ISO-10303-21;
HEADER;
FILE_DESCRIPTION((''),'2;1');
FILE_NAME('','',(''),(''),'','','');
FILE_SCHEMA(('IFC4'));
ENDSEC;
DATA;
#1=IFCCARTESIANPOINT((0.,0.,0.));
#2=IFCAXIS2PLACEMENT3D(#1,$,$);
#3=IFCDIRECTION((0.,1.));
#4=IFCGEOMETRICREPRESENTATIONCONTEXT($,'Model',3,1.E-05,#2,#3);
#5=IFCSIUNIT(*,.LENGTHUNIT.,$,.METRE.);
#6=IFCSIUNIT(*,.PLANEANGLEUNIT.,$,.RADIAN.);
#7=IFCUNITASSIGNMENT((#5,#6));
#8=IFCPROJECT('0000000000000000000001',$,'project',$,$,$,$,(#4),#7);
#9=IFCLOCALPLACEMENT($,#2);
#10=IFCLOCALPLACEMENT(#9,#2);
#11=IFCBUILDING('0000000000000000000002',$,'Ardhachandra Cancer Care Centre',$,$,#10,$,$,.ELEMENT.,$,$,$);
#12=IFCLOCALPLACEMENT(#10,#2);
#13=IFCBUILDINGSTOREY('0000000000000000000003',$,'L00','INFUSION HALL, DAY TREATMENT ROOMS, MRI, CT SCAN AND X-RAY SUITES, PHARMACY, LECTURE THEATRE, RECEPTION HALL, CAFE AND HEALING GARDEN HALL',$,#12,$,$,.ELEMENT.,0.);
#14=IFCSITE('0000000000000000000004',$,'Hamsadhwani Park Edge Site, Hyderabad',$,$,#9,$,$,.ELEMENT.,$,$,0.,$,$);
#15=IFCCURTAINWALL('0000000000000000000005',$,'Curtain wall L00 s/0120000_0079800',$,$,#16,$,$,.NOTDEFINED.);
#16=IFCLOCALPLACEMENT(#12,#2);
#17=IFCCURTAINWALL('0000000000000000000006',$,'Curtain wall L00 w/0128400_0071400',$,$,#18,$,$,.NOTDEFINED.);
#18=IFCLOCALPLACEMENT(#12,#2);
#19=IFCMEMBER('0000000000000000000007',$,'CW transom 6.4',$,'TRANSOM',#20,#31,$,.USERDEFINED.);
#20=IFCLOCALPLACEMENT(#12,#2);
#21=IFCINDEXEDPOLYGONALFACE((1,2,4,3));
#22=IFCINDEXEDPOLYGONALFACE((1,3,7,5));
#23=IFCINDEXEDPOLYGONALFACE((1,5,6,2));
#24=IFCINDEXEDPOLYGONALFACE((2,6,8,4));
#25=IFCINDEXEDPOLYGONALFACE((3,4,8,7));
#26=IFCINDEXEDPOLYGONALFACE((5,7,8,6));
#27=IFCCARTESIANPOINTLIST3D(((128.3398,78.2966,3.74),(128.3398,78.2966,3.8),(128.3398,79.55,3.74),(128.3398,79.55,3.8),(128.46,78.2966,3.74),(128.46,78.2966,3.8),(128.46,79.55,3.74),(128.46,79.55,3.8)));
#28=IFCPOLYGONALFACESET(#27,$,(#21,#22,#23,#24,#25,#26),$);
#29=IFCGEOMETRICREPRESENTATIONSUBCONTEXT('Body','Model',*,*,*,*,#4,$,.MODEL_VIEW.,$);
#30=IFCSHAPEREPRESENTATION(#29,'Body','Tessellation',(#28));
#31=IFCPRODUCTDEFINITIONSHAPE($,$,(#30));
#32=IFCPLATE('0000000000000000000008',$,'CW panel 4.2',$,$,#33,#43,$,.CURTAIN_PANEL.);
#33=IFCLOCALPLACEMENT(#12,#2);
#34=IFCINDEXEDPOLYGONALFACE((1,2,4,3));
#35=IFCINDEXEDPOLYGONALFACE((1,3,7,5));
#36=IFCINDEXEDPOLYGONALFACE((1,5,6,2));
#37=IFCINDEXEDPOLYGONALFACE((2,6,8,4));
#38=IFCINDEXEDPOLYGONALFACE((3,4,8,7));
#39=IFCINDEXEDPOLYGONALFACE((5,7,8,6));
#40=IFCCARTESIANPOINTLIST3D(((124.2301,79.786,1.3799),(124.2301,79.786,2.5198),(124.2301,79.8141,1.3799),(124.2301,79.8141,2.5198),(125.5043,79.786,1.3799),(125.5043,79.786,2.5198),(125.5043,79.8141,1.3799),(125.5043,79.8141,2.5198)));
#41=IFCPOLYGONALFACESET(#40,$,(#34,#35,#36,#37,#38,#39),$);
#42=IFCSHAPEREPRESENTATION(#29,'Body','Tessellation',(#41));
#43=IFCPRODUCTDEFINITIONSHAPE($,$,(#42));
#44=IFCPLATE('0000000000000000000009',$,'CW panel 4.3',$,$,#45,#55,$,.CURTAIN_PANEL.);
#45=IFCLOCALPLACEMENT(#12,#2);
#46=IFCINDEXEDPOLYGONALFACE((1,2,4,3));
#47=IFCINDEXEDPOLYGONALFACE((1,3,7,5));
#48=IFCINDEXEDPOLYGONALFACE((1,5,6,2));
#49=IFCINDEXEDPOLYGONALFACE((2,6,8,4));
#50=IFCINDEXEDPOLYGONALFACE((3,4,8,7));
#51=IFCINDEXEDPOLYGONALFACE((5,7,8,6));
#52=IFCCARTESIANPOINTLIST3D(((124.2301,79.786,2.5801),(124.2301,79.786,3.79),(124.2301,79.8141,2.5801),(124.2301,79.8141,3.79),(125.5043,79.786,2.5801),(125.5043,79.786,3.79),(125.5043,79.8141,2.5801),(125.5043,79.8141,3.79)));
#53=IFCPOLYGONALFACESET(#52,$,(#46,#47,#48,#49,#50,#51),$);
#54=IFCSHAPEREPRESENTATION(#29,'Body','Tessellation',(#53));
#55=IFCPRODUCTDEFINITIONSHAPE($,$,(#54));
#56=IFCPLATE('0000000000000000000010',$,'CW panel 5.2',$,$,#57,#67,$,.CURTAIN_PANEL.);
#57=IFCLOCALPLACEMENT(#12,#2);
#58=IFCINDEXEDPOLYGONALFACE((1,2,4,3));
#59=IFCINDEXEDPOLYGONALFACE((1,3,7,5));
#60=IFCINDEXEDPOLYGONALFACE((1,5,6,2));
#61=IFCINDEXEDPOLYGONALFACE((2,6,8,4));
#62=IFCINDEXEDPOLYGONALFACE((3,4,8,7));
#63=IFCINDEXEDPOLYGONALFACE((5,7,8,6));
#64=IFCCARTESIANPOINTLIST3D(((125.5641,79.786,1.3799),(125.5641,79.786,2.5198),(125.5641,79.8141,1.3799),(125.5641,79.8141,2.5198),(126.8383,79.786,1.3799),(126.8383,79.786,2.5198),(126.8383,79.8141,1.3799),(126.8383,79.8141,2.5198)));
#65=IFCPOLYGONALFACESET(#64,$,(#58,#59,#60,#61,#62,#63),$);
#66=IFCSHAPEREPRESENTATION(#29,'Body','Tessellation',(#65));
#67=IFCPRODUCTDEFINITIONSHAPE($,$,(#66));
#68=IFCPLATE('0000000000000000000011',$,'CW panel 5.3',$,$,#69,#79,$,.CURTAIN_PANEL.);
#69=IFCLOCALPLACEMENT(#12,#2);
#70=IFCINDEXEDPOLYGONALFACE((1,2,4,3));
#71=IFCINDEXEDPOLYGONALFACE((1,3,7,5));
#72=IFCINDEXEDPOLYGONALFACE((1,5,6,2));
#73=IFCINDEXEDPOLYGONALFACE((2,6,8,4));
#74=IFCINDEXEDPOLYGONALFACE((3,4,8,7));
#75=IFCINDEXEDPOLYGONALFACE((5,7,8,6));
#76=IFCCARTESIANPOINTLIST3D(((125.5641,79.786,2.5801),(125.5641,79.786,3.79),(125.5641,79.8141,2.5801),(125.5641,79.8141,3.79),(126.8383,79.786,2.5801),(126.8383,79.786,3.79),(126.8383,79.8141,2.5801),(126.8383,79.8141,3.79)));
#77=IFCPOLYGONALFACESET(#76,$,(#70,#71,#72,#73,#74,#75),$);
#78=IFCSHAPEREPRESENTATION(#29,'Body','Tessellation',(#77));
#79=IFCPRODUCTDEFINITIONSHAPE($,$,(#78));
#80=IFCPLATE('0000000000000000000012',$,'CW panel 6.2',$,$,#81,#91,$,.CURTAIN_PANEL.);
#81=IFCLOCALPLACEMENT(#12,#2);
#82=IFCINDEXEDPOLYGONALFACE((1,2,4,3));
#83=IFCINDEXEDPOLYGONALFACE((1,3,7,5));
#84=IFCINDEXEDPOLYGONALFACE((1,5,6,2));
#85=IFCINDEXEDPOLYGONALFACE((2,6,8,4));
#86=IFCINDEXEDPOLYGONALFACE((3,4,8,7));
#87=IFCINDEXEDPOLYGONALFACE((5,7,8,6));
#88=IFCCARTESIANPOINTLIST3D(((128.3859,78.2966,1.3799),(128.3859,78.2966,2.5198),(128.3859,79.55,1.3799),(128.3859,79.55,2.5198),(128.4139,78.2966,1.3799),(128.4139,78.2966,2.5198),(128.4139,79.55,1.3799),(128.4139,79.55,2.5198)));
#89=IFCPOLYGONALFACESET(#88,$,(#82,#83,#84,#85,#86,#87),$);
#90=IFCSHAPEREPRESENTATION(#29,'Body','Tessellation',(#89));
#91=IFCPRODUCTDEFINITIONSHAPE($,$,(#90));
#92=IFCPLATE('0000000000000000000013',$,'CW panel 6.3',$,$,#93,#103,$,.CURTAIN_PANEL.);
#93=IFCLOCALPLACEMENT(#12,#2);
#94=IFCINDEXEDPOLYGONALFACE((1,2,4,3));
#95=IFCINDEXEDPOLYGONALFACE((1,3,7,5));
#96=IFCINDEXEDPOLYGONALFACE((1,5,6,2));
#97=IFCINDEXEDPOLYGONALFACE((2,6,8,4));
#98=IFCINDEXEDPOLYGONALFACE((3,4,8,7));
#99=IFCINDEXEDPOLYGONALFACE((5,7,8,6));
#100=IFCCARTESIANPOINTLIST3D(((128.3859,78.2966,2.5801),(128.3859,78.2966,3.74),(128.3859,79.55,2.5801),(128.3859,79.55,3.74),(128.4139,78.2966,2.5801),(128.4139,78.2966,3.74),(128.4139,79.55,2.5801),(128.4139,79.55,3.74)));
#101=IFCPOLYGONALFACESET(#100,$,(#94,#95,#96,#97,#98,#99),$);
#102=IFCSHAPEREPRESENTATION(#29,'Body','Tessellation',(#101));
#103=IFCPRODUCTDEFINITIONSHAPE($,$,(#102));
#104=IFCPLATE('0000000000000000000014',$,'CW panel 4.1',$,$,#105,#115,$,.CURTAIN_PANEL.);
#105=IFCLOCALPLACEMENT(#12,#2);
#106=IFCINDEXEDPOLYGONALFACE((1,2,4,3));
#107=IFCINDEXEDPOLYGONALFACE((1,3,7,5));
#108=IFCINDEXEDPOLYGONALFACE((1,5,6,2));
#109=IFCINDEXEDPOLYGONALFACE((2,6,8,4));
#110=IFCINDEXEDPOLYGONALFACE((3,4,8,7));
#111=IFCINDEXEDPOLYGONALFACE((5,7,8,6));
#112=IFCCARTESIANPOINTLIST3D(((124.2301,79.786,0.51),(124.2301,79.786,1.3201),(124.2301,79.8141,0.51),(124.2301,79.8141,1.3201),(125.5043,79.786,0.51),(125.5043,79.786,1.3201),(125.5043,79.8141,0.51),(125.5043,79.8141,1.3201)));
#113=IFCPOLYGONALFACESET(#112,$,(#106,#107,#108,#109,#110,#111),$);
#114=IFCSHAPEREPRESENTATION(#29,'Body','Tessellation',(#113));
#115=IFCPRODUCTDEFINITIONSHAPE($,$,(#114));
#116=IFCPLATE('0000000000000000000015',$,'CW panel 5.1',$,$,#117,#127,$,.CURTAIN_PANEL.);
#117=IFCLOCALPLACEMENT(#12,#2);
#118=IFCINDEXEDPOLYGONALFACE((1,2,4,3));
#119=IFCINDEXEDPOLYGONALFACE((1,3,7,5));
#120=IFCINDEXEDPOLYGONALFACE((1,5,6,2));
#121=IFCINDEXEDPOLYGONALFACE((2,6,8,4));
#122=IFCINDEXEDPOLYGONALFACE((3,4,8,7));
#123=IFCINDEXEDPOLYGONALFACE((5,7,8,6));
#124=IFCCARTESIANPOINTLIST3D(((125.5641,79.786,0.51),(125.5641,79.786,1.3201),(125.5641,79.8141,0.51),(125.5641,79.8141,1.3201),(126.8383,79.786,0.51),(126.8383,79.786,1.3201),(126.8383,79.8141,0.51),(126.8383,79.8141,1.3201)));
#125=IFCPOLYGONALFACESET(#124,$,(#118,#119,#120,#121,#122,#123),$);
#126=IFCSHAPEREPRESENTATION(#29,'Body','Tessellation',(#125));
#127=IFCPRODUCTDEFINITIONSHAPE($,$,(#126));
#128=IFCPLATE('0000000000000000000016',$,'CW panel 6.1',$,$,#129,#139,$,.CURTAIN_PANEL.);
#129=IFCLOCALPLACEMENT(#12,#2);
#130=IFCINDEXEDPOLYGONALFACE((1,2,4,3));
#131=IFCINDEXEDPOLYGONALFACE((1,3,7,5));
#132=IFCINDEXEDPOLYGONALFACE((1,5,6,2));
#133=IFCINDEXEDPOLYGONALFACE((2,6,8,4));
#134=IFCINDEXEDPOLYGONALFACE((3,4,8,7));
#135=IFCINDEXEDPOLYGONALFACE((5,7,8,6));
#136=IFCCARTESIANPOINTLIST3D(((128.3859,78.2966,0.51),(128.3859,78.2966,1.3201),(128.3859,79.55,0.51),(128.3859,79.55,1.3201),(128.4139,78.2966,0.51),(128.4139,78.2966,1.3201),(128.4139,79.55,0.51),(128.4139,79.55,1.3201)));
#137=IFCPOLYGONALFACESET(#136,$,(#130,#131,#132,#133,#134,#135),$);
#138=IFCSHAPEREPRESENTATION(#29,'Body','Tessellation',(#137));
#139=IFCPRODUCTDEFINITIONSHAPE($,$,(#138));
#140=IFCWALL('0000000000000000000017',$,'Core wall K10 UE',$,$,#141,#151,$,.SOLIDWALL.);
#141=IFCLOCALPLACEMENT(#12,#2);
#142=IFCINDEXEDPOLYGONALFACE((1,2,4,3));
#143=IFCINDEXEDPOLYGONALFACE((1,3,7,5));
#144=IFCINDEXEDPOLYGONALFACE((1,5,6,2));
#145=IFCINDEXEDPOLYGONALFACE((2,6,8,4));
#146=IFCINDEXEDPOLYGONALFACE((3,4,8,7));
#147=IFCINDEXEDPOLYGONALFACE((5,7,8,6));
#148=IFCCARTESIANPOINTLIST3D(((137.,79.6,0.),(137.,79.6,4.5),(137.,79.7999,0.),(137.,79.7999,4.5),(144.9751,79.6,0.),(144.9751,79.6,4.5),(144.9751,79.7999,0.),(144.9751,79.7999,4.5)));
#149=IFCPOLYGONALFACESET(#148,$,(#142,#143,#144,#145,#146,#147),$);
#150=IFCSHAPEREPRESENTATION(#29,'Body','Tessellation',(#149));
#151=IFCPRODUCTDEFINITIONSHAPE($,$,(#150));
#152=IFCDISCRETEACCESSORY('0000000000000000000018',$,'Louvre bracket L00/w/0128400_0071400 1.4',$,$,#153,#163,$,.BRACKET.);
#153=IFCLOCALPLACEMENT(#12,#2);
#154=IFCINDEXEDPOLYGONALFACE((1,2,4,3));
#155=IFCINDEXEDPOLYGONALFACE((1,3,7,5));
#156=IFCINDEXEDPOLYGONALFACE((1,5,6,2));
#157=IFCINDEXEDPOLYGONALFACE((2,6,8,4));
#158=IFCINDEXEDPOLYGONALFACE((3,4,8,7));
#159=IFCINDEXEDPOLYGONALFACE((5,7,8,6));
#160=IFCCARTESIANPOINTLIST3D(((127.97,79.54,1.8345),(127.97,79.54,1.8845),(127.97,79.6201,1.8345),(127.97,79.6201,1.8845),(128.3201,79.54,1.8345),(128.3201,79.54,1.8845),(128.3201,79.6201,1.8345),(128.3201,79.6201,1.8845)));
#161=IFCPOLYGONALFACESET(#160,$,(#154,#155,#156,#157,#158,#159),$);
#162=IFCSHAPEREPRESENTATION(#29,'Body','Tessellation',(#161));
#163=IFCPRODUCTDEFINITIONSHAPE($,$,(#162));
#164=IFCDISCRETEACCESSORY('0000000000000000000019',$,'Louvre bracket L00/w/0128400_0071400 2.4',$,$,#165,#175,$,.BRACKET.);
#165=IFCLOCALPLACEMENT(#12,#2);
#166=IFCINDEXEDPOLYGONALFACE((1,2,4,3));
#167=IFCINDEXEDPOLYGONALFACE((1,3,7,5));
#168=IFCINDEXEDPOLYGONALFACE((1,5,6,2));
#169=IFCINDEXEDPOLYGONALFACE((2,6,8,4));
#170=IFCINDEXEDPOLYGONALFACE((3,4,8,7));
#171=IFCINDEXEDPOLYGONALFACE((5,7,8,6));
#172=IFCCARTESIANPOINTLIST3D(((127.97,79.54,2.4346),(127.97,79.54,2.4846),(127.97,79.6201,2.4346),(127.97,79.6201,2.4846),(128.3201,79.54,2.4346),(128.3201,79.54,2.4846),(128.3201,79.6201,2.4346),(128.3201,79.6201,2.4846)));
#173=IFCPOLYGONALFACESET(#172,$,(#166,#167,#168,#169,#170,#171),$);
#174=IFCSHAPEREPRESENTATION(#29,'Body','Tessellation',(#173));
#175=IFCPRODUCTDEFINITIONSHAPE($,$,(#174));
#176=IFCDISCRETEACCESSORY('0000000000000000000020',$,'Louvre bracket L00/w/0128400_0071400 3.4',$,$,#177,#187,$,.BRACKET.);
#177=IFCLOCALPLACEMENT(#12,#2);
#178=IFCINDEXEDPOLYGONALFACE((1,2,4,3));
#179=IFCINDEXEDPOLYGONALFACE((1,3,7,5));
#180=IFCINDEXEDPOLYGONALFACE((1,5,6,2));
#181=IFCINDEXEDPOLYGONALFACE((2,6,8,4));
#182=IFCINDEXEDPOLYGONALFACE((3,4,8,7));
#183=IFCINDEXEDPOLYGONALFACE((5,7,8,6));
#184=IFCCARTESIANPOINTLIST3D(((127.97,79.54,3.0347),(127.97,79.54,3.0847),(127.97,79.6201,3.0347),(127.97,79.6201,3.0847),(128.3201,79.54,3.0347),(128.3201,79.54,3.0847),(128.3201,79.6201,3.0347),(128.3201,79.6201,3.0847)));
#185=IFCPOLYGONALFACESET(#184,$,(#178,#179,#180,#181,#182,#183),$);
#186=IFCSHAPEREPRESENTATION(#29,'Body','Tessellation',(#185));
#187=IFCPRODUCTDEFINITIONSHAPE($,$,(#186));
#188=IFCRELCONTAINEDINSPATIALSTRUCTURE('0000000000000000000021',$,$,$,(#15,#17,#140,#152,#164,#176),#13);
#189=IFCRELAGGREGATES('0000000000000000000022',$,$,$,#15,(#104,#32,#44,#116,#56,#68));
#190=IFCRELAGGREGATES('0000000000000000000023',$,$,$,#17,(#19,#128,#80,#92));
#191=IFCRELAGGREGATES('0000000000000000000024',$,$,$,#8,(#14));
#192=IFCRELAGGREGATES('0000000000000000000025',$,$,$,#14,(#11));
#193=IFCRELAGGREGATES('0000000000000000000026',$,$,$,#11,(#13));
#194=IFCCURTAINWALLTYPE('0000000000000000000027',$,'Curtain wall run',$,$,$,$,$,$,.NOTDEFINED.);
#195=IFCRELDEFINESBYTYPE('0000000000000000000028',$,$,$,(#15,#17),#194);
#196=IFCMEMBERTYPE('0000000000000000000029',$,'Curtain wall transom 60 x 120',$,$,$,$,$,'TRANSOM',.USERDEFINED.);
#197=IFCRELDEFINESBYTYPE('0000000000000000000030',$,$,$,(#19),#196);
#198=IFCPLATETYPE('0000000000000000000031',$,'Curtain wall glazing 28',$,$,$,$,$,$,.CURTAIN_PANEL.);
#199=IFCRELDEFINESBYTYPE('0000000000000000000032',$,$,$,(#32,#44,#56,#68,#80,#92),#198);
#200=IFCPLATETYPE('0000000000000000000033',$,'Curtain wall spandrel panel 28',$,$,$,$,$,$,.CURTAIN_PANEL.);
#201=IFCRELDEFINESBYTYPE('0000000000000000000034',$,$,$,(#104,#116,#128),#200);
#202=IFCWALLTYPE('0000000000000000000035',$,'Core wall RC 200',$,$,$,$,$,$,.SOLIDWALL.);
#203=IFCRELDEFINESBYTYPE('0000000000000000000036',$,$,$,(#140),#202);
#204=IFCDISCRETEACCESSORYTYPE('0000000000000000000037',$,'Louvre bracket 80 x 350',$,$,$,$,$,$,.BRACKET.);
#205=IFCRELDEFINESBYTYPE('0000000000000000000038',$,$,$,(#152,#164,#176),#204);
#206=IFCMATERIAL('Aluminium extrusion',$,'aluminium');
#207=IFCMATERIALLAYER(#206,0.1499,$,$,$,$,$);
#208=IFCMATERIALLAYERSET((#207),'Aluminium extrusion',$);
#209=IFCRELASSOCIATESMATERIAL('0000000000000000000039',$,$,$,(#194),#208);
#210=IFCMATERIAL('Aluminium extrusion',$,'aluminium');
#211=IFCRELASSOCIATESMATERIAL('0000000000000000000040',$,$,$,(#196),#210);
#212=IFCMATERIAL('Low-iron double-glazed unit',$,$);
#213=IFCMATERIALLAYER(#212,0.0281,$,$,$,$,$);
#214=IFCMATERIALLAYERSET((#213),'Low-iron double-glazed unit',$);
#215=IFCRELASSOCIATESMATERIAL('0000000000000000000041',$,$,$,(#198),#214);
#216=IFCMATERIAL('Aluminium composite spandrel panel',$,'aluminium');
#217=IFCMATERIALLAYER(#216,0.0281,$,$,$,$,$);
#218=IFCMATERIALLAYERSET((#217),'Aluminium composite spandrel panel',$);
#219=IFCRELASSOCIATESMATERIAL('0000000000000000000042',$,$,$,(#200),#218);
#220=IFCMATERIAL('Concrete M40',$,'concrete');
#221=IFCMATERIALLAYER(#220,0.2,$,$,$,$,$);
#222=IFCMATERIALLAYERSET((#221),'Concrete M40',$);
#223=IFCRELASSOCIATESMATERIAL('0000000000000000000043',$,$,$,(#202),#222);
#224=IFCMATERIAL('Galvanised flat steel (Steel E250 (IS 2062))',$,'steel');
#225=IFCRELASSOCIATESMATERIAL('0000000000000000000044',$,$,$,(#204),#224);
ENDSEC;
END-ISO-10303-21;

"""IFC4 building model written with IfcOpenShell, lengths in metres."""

from ifc_helpers import new_model, si_unit, direction, frame, frame_2d, origin, origin_2d, place, context, subcontext, project, spatial, rectangle, extrude, material, layer, layer_set, material_profile, profile_set, type_object, element, aggregate, save


model = new_model("IFC4")

# Units and contexts
model_context = context("Model", 3, precision=1e-05, world=origin(), true_north=direction((0.0, 1.0)))
body_context = subcontext(model_context, "Body", "Model", "MODEL_VIEW")
ifc_project = project(units=[si_unit("LENGTHUNIT", "METRE"), si_unit("PLANEANGLEUNIT", "RADIAN")], contexts=[model_context])

# Site, building, storey
site_placement = place(None, origin())
site = spatial("IfcSite", under=ifc_project, at=site_placement, Name="Hamsadhwani Park Edge Site, Hyderabad", CompositionType="ELEMENT", RefElevation=0.0)
building_placement = place(site_placement, origin())
building = spatial("IfcBuilding", under=site, at=building_placement, Name="Ardhachandra Cancer Care Centre", CompositionType="ELEMENT")
storey_placement = place(building_placement, origin())
storey = spatial("IfcBuildingStorey", under=building, at=storey_placement, Name="L00", Description="INFUSION HALL, DAY TREATMENT ROOMS, MRI, CT SCAN AND X-RAY SUITES, PHARMACY, LECTURE THEATRE, RECEPTION HALL, CAFE AND HEALING GARDEN HALL", CompositionType="ELEMENT", Elevation=0.0)

# Curtain walls
ifc_material_1 = material(Name="Aluminium extrusion", Category="aluminium")
ifc_layer_1 = layer(ifc_material_1, 0.1499)
ifc_layer_set_1 = layer_set([ifc_layer_1], Name="Aluminium extrusion")
curtain_wall_type = type_object("IfcCurtainWallType", Name="Curtain wall run", PredefinedType="NOTDEFINED", material=ifc_layer_set_1)
curtain_wall_1_placement = place(storey_placement, origin())
curtain_wall_1 = element("IfcCurtainWall", 1, at=curtain_wall_1_placement, inside=storey, type_object=curtain_wall_type, Name="Curtain wall L00 s/0120000_0079800", PredefinedType="NOTDEFINED")
curtain_wall_2_placement = place(storey_placement, origin())
curtain_wall_2 = element("IfcCurtainWall", 2, at=curtain_wall_2_placement, inside=storey, type_object=curtain_wall_type, Name="Curtain wall L00 w/0128400_0071400", PredefinedType="NOTDEFINED")

# Member
ifc_material_2 = material(Name="Aluminium extrusion", Category="aluminium")
ifc_material_profile_1 = material_profile(ifc_material_2, rectangle(XDim=0.1201, YDim=0.0601, at=origin_2d()), Name="Curtain wall transom 60 x 120")
ifc_profile_set_1 = profile_set([ifc_material_profile_1], Name="Aluminium extrusion")
member_type_1 = type_object("IfcMemberType", Name="Curtain wall transom 60 x 120", ElementType="TRANSOM", PredefinedType="USERDEFINED", material=ifc_profile_set_1)
member_1_placement = place(storey_placement, frame((128.3999, 78.2966, 3.77), z_axis=(0.0, 1.0, 0.0), x_axis=(-1.0, 0.0, 0.0)))
member_1 = element("IfcMember", 3, at=member_1_placement, type_object=member_type_1, Name="CW transom 6.4", ObjectType="TRANSOM", PredefinedType="USERDEFINED", context=body_context, shape_type="SweptSolid", body=[
    extrude(rectangle(XDim=0.1201, YDim=0.0601, at=origin_2d()), origin(), (0.0, 0.0, 1.0), 1.2534),
])

# Plates
ifc_material_3 = material(Name="Low-iron double-glazed unit")
ifc_layer_2 = layer(ifc_material_3, 0.0281)
ifc_layer_set_2 = layer_set([ifc_layer_2], Name="Low-iron double-glazed unit")
plate_type_1 = type_object("IfcPlateType", Name="Curtain wall glazing 28", PredefinedType="CURTAIN_PANEL", material=ifc_layer_set_2)
plate_1_placement = place(storey_placement, frame((124.8672, 79.8, 1.3799), z_axis=(0.0, 0.0, 1.0), x_axis=(1.0, 0.0, 0.0)))
plate_1 = element("IfcPlate", 4, at=plate_1_placement, type_object=plate_type_1, Name="CW panel 4.2", PredefinedType="CURTAIN_PANEL", context=body_context, shape_type="SweptSolid", body=[
    extrude(rectangle(XDim=1.2742, YDim=0.0281, at=origin_2d()), origin(), (0.0, 0.0, 1.0), 1.1399),
])
plate_2_placement = place(storey_placement, frame((124.8672, 79.8, 2.5801), z_axis=(0.0, 0.0, 1.0), x_axis=(1.0, 0.0, 0.0)))
plate_2 = element("IfcPlate", 5, at=plate_2_placement, type_object=plate_type_1, Name="CW panel 4.3", PredefinedType="CURTAIN_PANEL", context=body_context, shape_type="SweptSolid", body=[
    extrude(rectangle(XDim=1.2742, YDim=0.0281, at=origin_2d()), origin(), (0.0, 0.0, 1.0), 1.21),
])
plate_3_placement = place(storey_placement, frame((126.2012, 79.8, 1.3799), z_axis=(0.0, 0.0, 1.0), x_axis=(1.0, 0.0, 0.0)))
plate_3 = element("IfcPlate", 6, at=plate_3_placement, type_object=plate_type_1, Name="CW panel 5.2", PredefinedType="CURTAIN_PANEL", context=body_context, shape_type="SweptSolid", body=[
    extrude(rectangle(XDim=1.2742, YDim=0.0281, at=origin_2d()), origin(), (0.0, 0.0, 1.0), 1.1399),
])
plate_4_placement = place(storey_placement, frame((126.2012, 79.8, 2.5801), z_axis=(0.0, 0.0, 1.0), x_axis=(1.0, 0.0, 0.0)))
plate_4 = element("IfcPlate", 7, at=plate_4_placement, type_object=plate_type_1, Name="CW panel 5.3", PredefinedType="CURTAIN_PANEL", context=body_context, shape_type="SweptSolid", body=[
    extrude(rectangle(XDim=1.2742, YDim=0.0281, at=origin_2d()), origin(), (0.0, 0.0, 1.0), 1.21),
])
plate_5_placement = place(storey_placement, frame((128.3999, 78.9233, 1.3799), z_axis=(0.0, 0.0, 1.0), x_axis=(0.0, 1.0, 0.0)))
plate_5 = element("IfcPlate", 8, at=plate_5_placement, type_object=plate_type_1, Name="CW panel 6.2", PredefinedType="CURTAIN_PANEL", context=body_context, shape_type="SweptSolid", body=[
    extrude(rectangle(XDim=1.2534, YDim=0.0281, at=origin_2d()), origin(), (0.0, 0.0, 1.0), 1.1399),
])
plate_6_placement = place(storey_placement, frame((128.3999, 78.9233, 2.5801), z_axis=(0.0, 0.0, 1.0), x_axis=(0.0, 1.0, 0.0)))
plate_6 = element("IfcPlate", 9, at=plate_6_placement, type_object=plate_type_1, Name="CW panel 6.3", PredefinedType="CURTAIN_PANEL", context=body_context, shape_type="SweptSolid", body=[
    extrude(rectangle(XDim=1.2534, YDim=0.0281, at=origin_2d()), origin(), (0.0, 0.0, 1.0), 1.1599),
])
ifc_material_4 = material(Name="Aluminium composite spandrel panel", Category="aluminium")
ifc_layer_3 = layer(ifc_material_4, 0.0281)
ifc_layer_set_3 = layer_set([ifc_layer_3], Name="Aluminium composite spandrel panel")
plate_type_2 = type_object("IfcPlateType", Name="Curtain wall spandrel panel 28", PredefinedType="CURTAIN_PANEL", material=ifc_layer_set_3)
plate_7_placement = place(storey_placement, frame((124.8672, 79.8, 0.51), z_axis=(0.0, 0.0, 1.0), x_axis=(1.0, 0.0, 0.0)))
plate_7 = element("IfcPlate", 10, at=plate_7_placement, type_object=plate_type_2, Name="CW panel 4.1", PredefinedType="CURTAIN_PANEL", context=body_context, shape_type="SweptSolid", body=[
    extrude(rectangle(XDim=1.2742, YDim=0.0281, at=origin_2d()), origin(), (0.0, 0.0, 1.0), 0.8101),
])
plate_8_placement = place(storey_placement, frame((126.2012, 79.8, 0.51), z_axis=(0.0, 0.0, 1.0), x_axis=(1.0, 0.0, 0.0)))
plate_8 = element("IfcPlate", 11, at=plate_8_placement, type_object=plate_type_2, Name="CW panel 5.1", PredefinedType="CURTAIN_PANEL", context=body_context, shape_type="SweptSolid", body=[
    extrude(rectangle(XDim=1.2742, YDim=0.0281, at=origin_2d()), origin(), (0.0, 0.0, 1.0), 0.8101),
])
aggregate(curtain_wall_1, [plate_7, plate_1, plate_2, plate_8, plate_3, plate_4])
plate_9_placement = place(storey_placement, frame((128.3999, 78.9233, 0.51), z_axis=(0.0, 0.0, 1.0), x_axis=(0.0, 1.0, 0.0)))
plate_9 = element("IfcPlate", 12, at=plate_9_placement, type_object=plate_type_2, Name="CW panel 6.1", PredefinedType="CURTAIN_PANEL", context=body_context, shape_type="SweptSolid", body=[
    extrude(rectangle(XDim=1.2534, YDim=0.0281, at=origin_2d()), origin(), (0.0, 0.0, 1.0), 0.8101),
])
aggregate(curtain_wall_2, [member_1, plate_9, plate_5, plate_6])

# Wall
ifc_material_5 = material(Name="Concrete M40", Category="concrete")
ifc_layer_4 = layer(ifc_material_5, 0.2)
ifc_layer_set_4 = layer_set([ifc_layer_4], Name="Concrete M40")
wall_type = type_object("IfcWallType", Name="Core wall RC 200", PredefinedType="SOLIDWALL", material=ifc_layer_set_4)
wall_placement = place(storey_placement, frame((137.0, 79.7, 0.0), z_axis=(0.0, 0.0, 1.0), x_axis=(1.0, 0.0, 0.0)))
element("IfcWall", 13, at=wall_placement, inside=storey, type_object=wall_type, Name="Core wall K10 UE", PredefinedType="SOLIDWALL", context=body_context, shape_type="SweptSolid", body=[
    extrude(rectangle(XDim=7.9751, YDim=0.2, at=frame_2d((3.9875, 0.0))), origin(), (0.0, 0.0, 1.0), 4.5),
])

# Discrete accessories
ifc_material_6 = material(Name="Galvanised flat steel (Steel E250 (IS 2062))", Category="steel")
discrete_accessory_type = type_object("IfcDiscreteAccessoryType", Name="Louvre bracket 80 x 350", PredefinedType="BRACKET", material=ifc_material_6)
for number, where, z_axis, x_axis, name in (
    (14, (128.145, 79.5801, 1.8345), (0.0, 0.0, 1.0), (0.0, 1.0, 0.0), "Louvre bracket L00/w/0128400_0071400 1.4"),
    (15, (128.145, 79.5801, 2.4346), (0.0, 0.0, 1.0), (0.0, 1.0, 0.0), "Louvre bracket L00/w/0128400_0071400 2.4"),
    (16, (128.145, 79.5801, 3.0347), (0.0, 0.0, 1.0), (0.0, 1.0, 0.0), "Louvre bracket L00/w/0128400_0071400 3.4"),
):
    element("IfcDiscreteAccessory", number, at=place(storey_placement, frame(where, z_axis=z_axis, x_axis=x_axis)), inside=storey, type_object=discrete_accessory_type, Name=name, PredefinedType="BRACKET", context=body_context, shape_type="SweptSolid", body=[
        extrude(rectangle(XDim=0.0801, YDim=0.3501, at=origin_2d()), origin(), (0.0, 0.0, 1.0), 0.05),
    ])

save(model, "model.ifc")
